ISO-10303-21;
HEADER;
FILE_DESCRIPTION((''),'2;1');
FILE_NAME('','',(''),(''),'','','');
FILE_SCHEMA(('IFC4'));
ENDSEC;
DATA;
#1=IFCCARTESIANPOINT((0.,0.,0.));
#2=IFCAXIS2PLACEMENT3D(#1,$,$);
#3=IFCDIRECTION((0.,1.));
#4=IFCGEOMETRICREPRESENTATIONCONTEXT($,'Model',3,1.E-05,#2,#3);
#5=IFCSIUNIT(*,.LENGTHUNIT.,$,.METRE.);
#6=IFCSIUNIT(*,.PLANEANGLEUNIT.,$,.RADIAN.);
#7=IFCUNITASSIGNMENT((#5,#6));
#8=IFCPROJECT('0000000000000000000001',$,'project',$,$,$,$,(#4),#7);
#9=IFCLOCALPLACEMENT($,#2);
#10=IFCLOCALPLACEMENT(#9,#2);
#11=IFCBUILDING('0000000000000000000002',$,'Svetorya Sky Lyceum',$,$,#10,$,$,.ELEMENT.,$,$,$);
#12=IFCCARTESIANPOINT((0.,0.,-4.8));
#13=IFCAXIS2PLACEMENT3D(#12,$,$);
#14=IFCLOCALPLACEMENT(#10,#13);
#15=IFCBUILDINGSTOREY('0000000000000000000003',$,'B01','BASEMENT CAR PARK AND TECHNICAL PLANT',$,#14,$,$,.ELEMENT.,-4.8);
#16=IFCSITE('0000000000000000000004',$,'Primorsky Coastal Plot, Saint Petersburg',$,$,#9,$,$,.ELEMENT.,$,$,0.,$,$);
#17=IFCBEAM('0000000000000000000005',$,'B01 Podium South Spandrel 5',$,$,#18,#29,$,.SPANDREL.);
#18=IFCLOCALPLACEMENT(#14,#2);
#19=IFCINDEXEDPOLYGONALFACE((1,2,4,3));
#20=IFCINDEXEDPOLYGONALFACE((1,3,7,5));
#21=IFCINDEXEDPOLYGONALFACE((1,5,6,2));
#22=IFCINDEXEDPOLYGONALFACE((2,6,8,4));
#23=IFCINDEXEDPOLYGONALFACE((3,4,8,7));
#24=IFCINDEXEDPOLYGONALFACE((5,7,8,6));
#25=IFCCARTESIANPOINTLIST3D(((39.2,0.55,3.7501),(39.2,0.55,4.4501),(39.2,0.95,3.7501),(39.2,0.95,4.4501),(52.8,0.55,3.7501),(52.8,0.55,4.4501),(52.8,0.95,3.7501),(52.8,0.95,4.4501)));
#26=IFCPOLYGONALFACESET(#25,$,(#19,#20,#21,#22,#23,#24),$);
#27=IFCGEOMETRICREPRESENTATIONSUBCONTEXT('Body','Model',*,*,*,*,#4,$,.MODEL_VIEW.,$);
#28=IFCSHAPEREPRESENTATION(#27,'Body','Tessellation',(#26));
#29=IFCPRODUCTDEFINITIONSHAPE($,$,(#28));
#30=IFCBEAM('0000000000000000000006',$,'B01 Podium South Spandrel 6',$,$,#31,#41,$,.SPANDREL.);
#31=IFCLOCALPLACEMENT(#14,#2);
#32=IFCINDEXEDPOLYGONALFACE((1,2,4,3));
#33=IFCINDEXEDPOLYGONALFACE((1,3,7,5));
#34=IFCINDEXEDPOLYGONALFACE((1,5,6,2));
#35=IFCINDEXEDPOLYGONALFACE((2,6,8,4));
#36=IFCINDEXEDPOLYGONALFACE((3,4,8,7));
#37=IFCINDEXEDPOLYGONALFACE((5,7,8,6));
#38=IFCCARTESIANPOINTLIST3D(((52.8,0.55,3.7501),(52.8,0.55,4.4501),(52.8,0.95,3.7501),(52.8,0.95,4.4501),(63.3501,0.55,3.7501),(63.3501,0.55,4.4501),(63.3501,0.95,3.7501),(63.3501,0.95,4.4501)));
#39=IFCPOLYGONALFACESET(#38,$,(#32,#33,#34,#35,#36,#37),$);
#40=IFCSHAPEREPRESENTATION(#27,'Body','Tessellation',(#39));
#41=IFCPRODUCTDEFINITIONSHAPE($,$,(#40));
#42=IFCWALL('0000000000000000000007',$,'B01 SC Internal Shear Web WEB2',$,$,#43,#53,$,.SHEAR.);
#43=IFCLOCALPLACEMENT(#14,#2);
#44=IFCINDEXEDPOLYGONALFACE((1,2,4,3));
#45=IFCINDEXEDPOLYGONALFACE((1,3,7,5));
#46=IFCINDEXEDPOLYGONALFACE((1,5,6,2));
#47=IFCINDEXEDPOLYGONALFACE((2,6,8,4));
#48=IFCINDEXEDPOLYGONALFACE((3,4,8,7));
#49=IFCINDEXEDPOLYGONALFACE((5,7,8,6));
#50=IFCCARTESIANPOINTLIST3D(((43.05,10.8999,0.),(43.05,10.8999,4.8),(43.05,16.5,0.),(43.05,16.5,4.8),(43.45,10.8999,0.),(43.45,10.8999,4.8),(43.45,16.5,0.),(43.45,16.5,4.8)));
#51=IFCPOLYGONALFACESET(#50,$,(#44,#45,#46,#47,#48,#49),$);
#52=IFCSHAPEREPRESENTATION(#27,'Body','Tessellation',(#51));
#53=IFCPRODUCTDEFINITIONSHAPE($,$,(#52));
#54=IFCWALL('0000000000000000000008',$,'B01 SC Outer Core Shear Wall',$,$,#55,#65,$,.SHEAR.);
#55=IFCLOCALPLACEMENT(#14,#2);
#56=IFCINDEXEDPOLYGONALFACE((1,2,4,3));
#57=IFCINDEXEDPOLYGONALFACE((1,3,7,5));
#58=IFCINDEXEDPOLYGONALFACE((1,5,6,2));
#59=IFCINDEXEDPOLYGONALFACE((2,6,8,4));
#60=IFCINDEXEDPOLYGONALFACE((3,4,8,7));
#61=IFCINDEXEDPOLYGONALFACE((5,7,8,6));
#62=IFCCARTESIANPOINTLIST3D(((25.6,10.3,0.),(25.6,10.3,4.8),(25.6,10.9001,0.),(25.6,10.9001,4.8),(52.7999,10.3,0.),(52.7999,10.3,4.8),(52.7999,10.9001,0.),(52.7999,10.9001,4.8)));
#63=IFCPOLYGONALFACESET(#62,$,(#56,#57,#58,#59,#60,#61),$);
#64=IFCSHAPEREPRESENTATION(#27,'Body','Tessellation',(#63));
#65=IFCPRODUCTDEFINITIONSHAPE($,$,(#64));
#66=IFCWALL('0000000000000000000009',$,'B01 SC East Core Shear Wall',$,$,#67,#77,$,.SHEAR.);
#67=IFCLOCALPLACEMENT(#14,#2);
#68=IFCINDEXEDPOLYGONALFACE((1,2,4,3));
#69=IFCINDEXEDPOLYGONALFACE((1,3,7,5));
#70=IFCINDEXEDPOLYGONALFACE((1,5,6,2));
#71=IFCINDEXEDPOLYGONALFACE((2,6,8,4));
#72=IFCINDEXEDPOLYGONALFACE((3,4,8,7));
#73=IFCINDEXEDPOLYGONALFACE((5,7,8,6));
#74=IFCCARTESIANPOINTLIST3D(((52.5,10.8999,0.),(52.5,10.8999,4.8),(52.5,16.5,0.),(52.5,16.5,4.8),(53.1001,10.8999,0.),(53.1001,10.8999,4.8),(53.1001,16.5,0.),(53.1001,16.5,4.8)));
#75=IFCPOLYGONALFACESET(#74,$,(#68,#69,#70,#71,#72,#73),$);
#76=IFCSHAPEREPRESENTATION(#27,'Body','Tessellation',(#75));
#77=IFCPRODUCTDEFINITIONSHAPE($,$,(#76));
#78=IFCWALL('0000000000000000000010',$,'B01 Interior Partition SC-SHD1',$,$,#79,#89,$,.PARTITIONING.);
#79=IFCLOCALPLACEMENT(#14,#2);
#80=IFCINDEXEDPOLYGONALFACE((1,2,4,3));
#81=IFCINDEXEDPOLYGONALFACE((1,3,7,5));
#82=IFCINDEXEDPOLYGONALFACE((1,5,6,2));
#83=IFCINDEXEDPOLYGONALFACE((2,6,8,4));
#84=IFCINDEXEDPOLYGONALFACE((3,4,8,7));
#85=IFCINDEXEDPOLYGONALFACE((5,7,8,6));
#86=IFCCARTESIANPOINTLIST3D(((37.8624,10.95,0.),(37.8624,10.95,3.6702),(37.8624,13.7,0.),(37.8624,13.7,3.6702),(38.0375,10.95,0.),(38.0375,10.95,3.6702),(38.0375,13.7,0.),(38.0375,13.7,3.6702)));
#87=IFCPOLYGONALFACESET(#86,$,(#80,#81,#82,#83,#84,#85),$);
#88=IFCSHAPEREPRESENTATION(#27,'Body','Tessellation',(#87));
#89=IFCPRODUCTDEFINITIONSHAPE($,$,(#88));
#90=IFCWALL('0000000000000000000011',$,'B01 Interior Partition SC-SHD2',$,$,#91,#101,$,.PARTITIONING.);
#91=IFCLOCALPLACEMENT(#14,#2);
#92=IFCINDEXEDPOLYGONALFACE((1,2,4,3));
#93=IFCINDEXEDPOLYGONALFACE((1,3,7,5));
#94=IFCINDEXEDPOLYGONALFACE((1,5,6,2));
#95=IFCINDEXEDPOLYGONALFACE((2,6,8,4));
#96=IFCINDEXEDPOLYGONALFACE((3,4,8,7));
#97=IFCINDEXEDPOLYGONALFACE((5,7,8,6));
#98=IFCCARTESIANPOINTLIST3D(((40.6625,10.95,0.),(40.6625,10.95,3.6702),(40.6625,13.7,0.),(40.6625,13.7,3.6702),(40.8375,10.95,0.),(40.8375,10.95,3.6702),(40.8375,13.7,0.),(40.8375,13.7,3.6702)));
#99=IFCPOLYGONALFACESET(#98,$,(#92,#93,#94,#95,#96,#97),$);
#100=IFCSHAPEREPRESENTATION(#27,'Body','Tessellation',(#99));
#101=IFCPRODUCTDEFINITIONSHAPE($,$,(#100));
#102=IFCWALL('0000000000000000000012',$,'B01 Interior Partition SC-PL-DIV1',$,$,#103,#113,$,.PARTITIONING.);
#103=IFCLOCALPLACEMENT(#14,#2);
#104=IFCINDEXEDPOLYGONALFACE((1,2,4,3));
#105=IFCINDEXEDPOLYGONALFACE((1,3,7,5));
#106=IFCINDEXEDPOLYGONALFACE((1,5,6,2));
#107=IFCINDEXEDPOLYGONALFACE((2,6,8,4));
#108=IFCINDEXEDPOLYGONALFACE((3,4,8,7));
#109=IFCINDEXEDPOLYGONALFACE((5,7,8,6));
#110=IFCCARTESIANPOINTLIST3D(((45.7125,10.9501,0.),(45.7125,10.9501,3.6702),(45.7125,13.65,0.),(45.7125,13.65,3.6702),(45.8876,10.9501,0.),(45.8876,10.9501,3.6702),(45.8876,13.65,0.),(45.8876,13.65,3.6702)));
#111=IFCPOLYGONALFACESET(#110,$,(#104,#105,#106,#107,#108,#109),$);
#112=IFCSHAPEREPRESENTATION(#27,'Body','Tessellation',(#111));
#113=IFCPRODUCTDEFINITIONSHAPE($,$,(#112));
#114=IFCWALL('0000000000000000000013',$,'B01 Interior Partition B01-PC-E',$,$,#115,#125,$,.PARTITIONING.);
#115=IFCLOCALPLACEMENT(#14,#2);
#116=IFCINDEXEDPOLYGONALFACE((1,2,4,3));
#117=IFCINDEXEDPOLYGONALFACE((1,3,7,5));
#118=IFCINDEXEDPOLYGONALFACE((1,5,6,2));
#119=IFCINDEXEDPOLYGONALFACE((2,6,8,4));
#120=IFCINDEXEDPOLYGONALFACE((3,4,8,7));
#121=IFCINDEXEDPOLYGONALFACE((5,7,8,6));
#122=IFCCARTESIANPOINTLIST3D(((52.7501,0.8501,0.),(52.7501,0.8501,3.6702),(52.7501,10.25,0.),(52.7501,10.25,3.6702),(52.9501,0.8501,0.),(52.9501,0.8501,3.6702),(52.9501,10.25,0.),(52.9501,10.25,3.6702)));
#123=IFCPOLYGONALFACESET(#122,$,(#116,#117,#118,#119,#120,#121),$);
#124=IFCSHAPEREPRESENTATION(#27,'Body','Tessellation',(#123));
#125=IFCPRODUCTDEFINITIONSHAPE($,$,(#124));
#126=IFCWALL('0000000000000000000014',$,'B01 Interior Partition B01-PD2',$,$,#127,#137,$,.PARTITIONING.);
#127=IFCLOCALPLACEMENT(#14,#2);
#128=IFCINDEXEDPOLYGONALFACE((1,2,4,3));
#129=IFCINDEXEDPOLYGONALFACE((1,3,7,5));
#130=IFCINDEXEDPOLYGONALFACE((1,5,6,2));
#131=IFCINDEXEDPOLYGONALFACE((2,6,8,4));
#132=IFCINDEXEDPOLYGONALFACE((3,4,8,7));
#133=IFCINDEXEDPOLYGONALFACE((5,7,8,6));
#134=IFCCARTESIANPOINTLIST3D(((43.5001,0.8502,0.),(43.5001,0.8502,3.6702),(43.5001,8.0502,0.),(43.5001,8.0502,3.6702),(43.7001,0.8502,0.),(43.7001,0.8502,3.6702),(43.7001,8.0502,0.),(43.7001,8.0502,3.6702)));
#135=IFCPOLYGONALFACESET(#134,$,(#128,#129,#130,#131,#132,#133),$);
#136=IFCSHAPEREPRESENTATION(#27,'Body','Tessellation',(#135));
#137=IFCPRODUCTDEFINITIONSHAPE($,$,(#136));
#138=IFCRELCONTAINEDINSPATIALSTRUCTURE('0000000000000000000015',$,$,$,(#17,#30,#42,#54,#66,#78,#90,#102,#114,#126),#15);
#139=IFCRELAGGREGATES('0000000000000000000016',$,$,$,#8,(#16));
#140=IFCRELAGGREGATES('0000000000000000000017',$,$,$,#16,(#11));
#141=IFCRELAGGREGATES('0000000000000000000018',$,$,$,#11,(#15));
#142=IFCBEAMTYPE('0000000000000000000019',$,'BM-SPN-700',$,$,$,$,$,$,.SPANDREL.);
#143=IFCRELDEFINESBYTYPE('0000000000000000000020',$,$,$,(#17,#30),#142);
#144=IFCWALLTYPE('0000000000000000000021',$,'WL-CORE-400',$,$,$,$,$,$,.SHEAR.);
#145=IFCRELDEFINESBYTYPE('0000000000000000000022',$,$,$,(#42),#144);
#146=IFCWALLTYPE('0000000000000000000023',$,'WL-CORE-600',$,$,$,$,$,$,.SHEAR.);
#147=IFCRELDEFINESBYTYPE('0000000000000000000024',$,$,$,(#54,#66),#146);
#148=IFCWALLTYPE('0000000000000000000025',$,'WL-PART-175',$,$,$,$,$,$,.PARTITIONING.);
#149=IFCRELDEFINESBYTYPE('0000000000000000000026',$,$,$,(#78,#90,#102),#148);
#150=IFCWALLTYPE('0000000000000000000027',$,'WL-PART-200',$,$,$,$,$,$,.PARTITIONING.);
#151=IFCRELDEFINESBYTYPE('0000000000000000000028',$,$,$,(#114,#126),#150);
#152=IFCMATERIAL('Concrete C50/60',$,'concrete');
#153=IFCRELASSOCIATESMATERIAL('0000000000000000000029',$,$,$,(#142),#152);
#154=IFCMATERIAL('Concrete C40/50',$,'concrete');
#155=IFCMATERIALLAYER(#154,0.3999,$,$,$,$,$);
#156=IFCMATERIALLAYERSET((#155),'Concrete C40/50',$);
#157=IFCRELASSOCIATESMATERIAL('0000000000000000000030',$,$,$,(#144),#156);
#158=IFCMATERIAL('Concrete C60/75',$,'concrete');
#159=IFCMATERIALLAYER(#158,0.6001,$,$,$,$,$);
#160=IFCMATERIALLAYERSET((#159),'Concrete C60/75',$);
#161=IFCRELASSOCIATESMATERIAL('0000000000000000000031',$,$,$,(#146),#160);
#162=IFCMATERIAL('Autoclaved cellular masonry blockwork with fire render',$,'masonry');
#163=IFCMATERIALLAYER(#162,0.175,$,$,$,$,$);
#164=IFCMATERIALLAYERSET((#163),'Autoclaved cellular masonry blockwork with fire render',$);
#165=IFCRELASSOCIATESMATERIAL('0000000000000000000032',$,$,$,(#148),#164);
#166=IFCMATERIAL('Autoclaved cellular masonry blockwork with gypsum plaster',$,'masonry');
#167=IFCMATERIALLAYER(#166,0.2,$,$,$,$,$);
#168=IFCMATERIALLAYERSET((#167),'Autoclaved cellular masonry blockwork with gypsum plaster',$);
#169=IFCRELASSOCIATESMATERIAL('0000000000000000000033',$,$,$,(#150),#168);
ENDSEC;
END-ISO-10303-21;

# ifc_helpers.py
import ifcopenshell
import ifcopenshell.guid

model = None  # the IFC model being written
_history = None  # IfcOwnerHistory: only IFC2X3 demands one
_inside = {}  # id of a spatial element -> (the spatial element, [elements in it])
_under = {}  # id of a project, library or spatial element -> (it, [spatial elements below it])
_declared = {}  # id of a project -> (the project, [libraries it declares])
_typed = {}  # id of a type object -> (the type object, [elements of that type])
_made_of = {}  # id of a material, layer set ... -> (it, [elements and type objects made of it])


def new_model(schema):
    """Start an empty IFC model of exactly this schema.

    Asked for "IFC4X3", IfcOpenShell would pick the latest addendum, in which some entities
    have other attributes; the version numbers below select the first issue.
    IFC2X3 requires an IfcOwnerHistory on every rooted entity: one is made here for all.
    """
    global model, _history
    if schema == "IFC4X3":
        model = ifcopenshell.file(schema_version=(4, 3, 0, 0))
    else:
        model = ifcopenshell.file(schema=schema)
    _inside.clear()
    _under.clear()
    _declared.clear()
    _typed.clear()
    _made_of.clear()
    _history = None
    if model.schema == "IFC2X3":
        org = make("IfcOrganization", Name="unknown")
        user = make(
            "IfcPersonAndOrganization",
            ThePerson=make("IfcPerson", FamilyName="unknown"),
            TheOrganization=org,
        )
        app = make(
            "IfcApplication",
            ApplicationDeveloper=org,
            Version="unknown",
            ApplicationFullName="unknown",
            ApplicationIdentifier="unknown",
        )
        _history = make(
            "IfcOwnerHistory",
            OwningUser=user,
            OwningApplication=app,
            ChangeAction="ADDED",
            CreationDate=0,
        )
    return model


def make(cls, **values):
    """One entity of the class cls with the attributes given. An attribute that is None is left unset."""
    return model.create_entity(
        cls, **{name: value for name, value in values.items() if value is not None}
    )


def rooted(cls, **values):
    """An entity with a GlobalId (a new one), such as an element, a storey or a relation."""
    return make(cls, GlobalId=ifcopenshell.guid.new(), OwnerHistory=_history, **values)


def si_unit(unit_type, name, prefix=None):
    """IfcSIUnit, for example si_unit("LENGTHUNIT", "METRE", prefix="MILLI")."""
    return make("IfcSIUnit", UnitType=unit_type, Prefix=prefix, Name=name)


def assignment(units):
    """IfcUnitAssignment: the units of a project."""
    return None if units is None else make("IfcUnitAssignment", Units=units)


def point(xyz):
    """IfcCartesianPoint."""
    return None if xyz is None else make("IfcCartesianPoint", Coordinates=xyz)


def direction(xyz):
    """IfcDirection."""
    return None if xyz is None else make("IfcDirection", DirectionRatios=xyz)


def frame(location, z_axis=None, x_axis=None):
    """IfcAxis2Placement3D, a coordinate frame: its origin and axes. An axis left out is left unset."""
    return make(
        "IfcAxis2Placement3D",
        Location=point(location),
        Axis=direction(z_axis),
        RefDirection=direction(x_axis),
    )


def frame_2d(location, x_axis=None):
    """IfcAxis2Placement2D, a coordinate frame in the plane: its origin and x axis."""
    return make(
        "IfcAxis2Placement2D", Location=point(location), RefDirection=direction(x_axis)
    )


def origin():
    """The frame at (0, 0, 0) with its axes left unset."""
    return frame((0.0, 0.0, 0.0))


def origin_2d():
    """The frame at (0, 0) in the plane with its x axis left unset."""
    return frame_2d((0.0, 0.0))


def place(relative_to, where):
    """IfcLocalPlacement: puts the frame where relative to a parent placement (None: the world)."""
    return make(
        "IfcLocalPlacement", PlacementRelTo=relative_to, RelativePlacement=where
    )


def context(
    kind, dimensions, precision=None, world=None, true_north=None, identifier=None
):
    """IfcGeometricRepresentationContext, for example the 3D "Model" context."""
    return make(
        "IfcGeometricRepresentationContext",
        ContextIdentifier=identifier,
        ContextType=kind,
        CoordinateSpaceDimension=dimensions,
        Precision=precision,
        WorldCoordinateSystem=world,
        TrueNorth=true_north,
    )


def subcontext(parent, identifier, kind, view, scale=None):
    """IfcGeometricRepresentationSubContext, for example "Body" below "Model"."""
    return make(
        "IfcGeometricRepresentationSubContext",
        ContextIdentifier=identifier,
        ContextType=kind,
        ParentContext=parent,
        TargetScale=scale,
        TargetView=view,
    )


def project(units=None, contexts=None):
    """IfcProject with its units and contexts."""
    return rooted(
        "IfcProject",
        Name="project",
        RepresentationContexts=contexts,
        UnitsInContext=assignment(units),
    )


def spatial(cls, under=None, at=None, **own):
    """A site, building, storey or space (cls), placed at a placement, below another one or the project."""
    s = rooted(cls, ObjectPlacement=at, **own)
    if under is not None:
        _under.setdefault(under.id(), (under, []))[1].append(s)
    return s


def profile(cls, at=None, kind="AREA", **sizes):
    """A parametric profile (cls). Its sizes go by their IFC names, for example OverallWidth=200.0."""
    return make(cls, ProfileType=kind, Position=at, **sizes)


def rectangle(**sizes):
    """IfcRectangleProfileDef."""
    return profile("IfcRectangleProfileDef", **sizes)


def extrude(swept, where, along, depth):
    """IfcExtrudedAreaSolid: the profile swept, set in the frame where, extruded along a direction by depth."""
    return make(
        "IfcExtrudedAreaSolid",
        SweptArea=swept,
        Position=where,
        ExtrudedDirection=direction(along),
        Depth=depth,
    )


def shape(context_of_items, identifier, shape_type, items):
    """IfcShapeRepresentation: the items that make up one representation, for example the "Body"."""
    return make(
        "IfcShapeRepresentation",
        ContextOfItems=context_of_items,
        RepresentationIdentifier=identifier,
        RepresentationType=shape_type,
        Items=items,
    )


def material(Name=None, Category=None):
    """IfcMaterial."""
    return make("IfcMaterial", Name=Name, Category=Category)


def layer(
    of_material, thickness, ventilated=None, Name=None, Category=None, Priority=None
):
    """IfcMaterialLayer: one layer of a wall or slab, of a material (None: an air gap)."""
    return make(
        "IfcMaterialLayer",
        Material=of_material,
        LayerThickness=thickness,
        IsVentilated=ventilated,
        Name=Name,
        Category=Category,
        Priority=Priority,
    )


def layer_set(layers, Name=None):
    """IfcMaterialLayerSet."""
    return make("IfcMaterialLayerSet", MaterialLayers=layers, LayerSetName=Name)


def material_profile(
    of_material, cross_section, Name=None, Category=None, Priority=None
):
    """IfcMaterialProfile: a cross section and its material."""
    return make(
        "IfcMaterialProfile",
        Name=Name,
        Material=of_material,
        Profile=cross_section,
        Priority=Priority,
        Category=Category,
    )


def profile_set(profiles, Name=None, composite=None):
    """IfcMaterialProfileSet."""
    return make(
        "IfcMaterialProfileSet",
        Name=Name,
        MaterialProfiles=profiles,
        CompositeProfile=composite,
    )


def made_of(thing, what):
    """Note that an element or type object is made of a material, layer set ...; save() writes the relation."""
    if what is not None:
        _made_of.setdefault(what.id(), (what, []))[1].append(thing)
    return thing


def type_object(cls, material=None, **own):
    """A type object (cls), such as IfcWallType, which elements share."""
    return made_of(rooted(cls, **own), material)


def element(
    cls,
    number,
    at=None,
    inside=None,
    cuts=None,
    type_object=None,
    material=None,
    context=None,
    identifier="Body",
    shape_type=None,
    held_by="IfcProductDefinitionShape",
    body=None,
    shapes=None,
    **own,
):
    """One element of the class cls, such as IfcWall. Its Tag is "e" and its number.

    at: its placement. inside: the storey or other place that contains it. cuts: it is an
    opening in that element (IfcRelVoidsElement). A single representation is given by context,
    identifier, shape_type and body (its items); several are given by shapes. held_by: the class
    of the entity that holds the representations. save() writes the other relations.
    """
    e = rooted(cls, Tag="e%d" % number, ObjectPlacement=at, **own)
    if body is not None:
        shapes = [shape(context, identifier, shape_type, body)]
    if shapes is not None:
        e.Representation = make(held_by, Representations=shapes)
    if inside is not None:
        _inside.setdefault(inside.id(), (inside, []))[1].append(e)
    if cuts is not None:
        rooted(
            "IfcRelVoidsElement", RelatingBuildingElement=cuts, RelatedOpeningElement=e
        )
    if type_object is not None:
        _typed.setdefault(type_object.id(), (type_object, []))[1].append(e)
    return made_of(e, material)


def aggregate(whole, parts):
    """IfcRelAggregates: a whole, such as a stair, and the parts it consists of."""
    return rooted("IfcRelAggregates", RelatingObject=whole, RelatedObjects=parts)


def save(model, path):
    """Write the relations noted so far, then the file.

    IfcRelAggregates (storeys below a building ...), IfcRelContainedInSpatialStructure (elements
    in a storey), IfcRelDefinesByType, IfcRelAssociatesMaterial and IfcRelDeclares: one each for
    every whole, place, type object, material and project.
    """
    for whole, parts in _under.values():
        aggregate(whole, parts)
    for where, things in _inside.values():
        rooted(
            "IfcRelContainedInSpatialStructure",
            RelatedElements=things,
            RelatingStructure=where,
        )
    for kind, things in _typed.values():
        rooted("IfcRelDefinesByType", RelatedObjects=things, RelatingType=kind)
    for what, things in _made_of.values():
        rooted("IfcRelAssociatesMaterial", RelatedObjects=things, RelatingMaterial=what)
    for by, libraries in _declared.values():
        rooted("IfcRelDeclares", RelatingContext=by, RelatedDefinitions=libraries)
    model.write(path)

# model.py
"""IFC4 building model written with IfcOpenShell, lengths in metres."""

from ifc_helpers import new_model, si_unit, direction, frame, frame_2d, origin, origin_2d, place, context, subcontext, project, spatial, rectangle, extrude, material, layer, layer_set, material_profile, profile_set, type_object, element, save


model = new_model("IFC4")

# Units and contexts
model_context = context("Model", 3, precision=1e-05, world=origin(), true_north=direction((0.0, 1.0)))
body_context = subcontext(model_context, "Body", "Model", "MODEL_VIEW")
ifc_project = project(units=[si_unit("LENGTHUNIT", "METRE"), si_unit("PLANEANGLEUNIT", "RADIAN")], contexts=[model_context])

# Site, building, storey
site_placement = place(None, origin())
site = spatial("IfcSite", under=ifc_project, at=site_placement, Name="Primorsky Coastal Plot, Saint Petersburg", CompositionType="ELEMENT", RefElevation=0.0)
building_placement = place(site_placement, origin())
building = spatial("IfcBuilding", under=site, at=building_placement, Name="Svetorya Sky Lyceum", CompositionType="ELEMENT")
storey_placement = place(building_placement, frame((0.0, 0.0, -4.8)))
storey = spatial("IfcBuildingStorey", under=building, at=storey_placement, Name="B01", Description="BASEMENT CAR PARK AND TECHNICAL PLANT", CompositionType="ELEMENT", Elevation=-4.8)

# Shared definitions
ifc_material_1 = material(Name="Concrete C40/50", Category="concrete")

# Shared definitions
ifc_material_2 = material(Name="Concrete C60/75", Category="concrete")

# Beams
ifc_material_3 = material(Name="Concrete C50/60", Category="concrete")
ifc_material_profile_1 = material_profile(ifc_material_3, rectangle(XDim=0.3999, YDim=0.7, at=origin_2d()), Name="RC SPANDREL 400x700")
ifc_profile_set_1 = profile_set([ifc_material_profile_1], Name="Concrete C50/60")
beam_type = type_object("IfcBeamType", Name="BM-SPN-700", PredefinedType="SPANDREL", material=ifc_profile_set_1)
beam_1_placement = place(storey_placement, frame((39.2, 0.75, 4.1001), z_axis=(1.0, 0.0, 0.0), x_axis=(0.0, 1.0, 0.0)))
element("IfcBeam", 1, at=beam_1_placement, inside=storey, type_object=beam_type, Name="B01 Podium South Spandrel 5", PredefinedType="SPANDREL", context=body_context, shape_type="SweptSolid", body=[
    extrude(rectangle(XDim=0.3999, YDim=0.7, at=origin_2d()), origin(), (0.0, 0.0, 1.0), 13.6001),
])
beam_2_placement = place(storey_placement, frame((52.8, 0.75, 4.1001), z_axis=(1.0, 0.0, 0.0), x_axis=(0.0, 1.0, 0.0)))
element("IfcBeam", 2, at=beam_2_placement, inside=storey, type_object=beam_type, Name="B01 Podium South Spandrel 6", PredefinedType="SPANDREL", context=body_context, shape_type="SweptSolid", body=[
    extrude(rectangle(XDim=0.3999, YDim=0.7, at=origin_2d()), origin(), (0.0, 0.0, 1.0), 10.55),
])

# Walls
ifc_layer_1 = layer(ifc_material_1, 0.3999)
ifc_layer_set_1 = layer_set([ifc_layer_1], Name="Concrete C40/50")
wall_type_1 = type_object("IfcWallType", Name="WL-CORE-400", PredefinedType="SHEAR", material=ifc_layer_set_1)
wall_1_placement = place(storey_placement, frame((43.25, 10.8999, 0.0), z_axis=(0.0, 0.0, 1.0), x_axis=(0.0, 1.0, 0.0)))
element("IfcWall", 3, at=wall_1_placement, inside=storey, type_object=wall_type_1, Name="B01 SC Internal Shear Web WEB2", PredefinedType="SHEAR", context=body_context, shape_type="SweptSolid", body=[
    extrude(rectangle(XDim=5.6001, YDim=0.3999, at=frame_2d((2.8, 0.0))), origin(), (0.0, 0.0, 1.0), 4.8),
])
ifc_layer_2 = layer(ifc_material_2, 0.6001)
ifc_layer_set_2 = layer_set([ifc_layer_2], Name="Concrete C60/75")
wall_type_2 = type_object("IfcWallType", Name="WL-CORE-600", PredefinedType="SHEAR", material=ifc_layer_set_2)
wall_2_placement = place(storey_placement, frame((52.8, 10.6001, 0.0), z_axis=(0.0, 0.0, 1.0), x_axis=(-1.0, 0.0, 0.0)))
element("IfcWall", 4, at=wall_2_placement, inside=storey, type_object=wall_type_2, Name="B01 SC Outer Core Shear Wall", PredefinedType="SHEAR", context=body_context, shape_type="SweptSolid", body=[
    extrude(rectangle(XDim=27.2, YDim=0.6001, at=frame_2d((13.6001, 0.0))), origin(), (0.0, 0.0, 1.0), 4.8),
])
wall_3_placement = place(storey_placement, frame((52.8, 10.8999, 0.0), z_axis=(0.0, 0.0, 1.0), x_axis=(0.0, 1.0, 0.0)))
element("IfcWall", 5, at=wall_3_placement, inside=storey, type_object=wall_type_2, Name="B01 SC East Core Shear Wall", PredefinedType="SHEAR", context=body_context, shape_type="SweptSolid", body=[
    extrude(rectangle(XDim=5.6001, YDim=0.6001, at=frame_2d((2.8, 0.0))), origin(), (0.0, 0.0, 1.0), 4.8),
])
ifc_material_4 = material(Name="Autoclaved cellular masonry blockwork with fire render", Category="masonry")
ifc_layer_3 = layer(ifc_material_4, 0.175)
ifc_layer_set_3 = layer_set([ifc_layer_3], Name="Autoclaved cellular masonry blockwork with fire render")
wall_type_3 = type_object("IfcWallType", Name="WL-PART-175", PredefinedType="PARTITIONING", material=ifc_layer_set_3)
for number, where, z_axis, x_axis, name in (
    (6, (37.95, 10.95, 0.0), (0.0, 0.0, 1.0), (0.0, 1.0, 0.0), "B01 Interior Partition SC-SHD1"),
    (7, (40.75, 10.95, 0.0), (0.0, 0.0, 1.0), (0.0, 1.0, 0.0), "B01 Interior Partition SC-SHD2"),
):
    element("IfcWall", number, at=place(storey_placement, frame(where, z_axis=z_axis, x_axis=x_axis)), inside=storey, type_object=wall_type_3, Name=name, PredefinedType="PARTITIONING", context=body_context, shape_type="SweptSolid", body=[
        extrude(rectangle(XDim=2.75, YDim=0.175, at=frame_2d((1.375, 0.0))), origin(), (0.0, 0.0, 1.0), 3.6702),
    ])
wall_4_placement = place(storey_placement, frame((45.8, 10.95, 0.0), z_axis=(0.0, 0.0, 1.0), x_axis=(0.0, 1.0, 0.0)))
element("IfcWall", 8, at=wall_4_placement, inside=storey, type_object=wall_type_3, Name="B01 Interior Partition SC-PL-DIV1", PredefinedType="PARTITIONING", context=body_context, shape_type="SweptSolid", body=[
    extrude(rectangle(XDim=2.7, YDim=0.175, at=frame_2d((1.3501, 0.0))), origin(), (0.0, 0.0, 1.0), 3.6702),
])
ifc_material_5 = material(Name="Autoclaved cellular masonry blockwork with gypsum plaster", Category="masonry")
ifc_layer_4 = layer(ifc_material_5, 0.2)
ifc_layer_set_4 = layer_set([ifc_layer_4], Name="Autoclaved cellular masonry blockwork with gypsum plaster")
wall_type_4 = type_object("IfcWallType", Name="WL-PART-200", PredefinedType="PARTITIONING", material=ifc_layer_set_4)
wall_5_placement = place(storey_placement, frame((52.8501, 0.8501, 0.0), z_axis=(0.0, 0.0, 1.0), x_axis=(0.0, 1.0, 0.0)))
element("IfcWall", 9, at=wall_5_placement, inside=storey, type_object=wall_type_4, Name="B01 Interior Partition B01-PC-E", PredefinedType="PARTITIONING", context=body_context, shape_type="SweptSolid", body=[
    extrude(rectangle(XDim=9.3999, YDim=0.2, at=frame_2d((4.7, 0.0))), origin(), (0.0, 0.0, 1.0), 3.6702),
])
wall_6_placement = place(storey_placement, frame((43.6001, 0.8501, 0.0), z_axis=(0.0, 0.0, 1.0), x_axis=(0.0, 1.0, 0.0)))
element("IfcWall", 10, at=wall_6_placement, inside=storey, type_object=wall_type_4, Name="B01 Interior Partition B01-PD2", PredefinedType="PARTITIONING", context=body_context, shape_type="SweptSolid", body=[
    extrude(rectangle(XDim=7.2, YDim=0.2, at=frame_2d((3.6001, 0.0))), origin(), (0.0, 0.0, 1.0), 3.6702),
])

save(model, "model.ifc")
